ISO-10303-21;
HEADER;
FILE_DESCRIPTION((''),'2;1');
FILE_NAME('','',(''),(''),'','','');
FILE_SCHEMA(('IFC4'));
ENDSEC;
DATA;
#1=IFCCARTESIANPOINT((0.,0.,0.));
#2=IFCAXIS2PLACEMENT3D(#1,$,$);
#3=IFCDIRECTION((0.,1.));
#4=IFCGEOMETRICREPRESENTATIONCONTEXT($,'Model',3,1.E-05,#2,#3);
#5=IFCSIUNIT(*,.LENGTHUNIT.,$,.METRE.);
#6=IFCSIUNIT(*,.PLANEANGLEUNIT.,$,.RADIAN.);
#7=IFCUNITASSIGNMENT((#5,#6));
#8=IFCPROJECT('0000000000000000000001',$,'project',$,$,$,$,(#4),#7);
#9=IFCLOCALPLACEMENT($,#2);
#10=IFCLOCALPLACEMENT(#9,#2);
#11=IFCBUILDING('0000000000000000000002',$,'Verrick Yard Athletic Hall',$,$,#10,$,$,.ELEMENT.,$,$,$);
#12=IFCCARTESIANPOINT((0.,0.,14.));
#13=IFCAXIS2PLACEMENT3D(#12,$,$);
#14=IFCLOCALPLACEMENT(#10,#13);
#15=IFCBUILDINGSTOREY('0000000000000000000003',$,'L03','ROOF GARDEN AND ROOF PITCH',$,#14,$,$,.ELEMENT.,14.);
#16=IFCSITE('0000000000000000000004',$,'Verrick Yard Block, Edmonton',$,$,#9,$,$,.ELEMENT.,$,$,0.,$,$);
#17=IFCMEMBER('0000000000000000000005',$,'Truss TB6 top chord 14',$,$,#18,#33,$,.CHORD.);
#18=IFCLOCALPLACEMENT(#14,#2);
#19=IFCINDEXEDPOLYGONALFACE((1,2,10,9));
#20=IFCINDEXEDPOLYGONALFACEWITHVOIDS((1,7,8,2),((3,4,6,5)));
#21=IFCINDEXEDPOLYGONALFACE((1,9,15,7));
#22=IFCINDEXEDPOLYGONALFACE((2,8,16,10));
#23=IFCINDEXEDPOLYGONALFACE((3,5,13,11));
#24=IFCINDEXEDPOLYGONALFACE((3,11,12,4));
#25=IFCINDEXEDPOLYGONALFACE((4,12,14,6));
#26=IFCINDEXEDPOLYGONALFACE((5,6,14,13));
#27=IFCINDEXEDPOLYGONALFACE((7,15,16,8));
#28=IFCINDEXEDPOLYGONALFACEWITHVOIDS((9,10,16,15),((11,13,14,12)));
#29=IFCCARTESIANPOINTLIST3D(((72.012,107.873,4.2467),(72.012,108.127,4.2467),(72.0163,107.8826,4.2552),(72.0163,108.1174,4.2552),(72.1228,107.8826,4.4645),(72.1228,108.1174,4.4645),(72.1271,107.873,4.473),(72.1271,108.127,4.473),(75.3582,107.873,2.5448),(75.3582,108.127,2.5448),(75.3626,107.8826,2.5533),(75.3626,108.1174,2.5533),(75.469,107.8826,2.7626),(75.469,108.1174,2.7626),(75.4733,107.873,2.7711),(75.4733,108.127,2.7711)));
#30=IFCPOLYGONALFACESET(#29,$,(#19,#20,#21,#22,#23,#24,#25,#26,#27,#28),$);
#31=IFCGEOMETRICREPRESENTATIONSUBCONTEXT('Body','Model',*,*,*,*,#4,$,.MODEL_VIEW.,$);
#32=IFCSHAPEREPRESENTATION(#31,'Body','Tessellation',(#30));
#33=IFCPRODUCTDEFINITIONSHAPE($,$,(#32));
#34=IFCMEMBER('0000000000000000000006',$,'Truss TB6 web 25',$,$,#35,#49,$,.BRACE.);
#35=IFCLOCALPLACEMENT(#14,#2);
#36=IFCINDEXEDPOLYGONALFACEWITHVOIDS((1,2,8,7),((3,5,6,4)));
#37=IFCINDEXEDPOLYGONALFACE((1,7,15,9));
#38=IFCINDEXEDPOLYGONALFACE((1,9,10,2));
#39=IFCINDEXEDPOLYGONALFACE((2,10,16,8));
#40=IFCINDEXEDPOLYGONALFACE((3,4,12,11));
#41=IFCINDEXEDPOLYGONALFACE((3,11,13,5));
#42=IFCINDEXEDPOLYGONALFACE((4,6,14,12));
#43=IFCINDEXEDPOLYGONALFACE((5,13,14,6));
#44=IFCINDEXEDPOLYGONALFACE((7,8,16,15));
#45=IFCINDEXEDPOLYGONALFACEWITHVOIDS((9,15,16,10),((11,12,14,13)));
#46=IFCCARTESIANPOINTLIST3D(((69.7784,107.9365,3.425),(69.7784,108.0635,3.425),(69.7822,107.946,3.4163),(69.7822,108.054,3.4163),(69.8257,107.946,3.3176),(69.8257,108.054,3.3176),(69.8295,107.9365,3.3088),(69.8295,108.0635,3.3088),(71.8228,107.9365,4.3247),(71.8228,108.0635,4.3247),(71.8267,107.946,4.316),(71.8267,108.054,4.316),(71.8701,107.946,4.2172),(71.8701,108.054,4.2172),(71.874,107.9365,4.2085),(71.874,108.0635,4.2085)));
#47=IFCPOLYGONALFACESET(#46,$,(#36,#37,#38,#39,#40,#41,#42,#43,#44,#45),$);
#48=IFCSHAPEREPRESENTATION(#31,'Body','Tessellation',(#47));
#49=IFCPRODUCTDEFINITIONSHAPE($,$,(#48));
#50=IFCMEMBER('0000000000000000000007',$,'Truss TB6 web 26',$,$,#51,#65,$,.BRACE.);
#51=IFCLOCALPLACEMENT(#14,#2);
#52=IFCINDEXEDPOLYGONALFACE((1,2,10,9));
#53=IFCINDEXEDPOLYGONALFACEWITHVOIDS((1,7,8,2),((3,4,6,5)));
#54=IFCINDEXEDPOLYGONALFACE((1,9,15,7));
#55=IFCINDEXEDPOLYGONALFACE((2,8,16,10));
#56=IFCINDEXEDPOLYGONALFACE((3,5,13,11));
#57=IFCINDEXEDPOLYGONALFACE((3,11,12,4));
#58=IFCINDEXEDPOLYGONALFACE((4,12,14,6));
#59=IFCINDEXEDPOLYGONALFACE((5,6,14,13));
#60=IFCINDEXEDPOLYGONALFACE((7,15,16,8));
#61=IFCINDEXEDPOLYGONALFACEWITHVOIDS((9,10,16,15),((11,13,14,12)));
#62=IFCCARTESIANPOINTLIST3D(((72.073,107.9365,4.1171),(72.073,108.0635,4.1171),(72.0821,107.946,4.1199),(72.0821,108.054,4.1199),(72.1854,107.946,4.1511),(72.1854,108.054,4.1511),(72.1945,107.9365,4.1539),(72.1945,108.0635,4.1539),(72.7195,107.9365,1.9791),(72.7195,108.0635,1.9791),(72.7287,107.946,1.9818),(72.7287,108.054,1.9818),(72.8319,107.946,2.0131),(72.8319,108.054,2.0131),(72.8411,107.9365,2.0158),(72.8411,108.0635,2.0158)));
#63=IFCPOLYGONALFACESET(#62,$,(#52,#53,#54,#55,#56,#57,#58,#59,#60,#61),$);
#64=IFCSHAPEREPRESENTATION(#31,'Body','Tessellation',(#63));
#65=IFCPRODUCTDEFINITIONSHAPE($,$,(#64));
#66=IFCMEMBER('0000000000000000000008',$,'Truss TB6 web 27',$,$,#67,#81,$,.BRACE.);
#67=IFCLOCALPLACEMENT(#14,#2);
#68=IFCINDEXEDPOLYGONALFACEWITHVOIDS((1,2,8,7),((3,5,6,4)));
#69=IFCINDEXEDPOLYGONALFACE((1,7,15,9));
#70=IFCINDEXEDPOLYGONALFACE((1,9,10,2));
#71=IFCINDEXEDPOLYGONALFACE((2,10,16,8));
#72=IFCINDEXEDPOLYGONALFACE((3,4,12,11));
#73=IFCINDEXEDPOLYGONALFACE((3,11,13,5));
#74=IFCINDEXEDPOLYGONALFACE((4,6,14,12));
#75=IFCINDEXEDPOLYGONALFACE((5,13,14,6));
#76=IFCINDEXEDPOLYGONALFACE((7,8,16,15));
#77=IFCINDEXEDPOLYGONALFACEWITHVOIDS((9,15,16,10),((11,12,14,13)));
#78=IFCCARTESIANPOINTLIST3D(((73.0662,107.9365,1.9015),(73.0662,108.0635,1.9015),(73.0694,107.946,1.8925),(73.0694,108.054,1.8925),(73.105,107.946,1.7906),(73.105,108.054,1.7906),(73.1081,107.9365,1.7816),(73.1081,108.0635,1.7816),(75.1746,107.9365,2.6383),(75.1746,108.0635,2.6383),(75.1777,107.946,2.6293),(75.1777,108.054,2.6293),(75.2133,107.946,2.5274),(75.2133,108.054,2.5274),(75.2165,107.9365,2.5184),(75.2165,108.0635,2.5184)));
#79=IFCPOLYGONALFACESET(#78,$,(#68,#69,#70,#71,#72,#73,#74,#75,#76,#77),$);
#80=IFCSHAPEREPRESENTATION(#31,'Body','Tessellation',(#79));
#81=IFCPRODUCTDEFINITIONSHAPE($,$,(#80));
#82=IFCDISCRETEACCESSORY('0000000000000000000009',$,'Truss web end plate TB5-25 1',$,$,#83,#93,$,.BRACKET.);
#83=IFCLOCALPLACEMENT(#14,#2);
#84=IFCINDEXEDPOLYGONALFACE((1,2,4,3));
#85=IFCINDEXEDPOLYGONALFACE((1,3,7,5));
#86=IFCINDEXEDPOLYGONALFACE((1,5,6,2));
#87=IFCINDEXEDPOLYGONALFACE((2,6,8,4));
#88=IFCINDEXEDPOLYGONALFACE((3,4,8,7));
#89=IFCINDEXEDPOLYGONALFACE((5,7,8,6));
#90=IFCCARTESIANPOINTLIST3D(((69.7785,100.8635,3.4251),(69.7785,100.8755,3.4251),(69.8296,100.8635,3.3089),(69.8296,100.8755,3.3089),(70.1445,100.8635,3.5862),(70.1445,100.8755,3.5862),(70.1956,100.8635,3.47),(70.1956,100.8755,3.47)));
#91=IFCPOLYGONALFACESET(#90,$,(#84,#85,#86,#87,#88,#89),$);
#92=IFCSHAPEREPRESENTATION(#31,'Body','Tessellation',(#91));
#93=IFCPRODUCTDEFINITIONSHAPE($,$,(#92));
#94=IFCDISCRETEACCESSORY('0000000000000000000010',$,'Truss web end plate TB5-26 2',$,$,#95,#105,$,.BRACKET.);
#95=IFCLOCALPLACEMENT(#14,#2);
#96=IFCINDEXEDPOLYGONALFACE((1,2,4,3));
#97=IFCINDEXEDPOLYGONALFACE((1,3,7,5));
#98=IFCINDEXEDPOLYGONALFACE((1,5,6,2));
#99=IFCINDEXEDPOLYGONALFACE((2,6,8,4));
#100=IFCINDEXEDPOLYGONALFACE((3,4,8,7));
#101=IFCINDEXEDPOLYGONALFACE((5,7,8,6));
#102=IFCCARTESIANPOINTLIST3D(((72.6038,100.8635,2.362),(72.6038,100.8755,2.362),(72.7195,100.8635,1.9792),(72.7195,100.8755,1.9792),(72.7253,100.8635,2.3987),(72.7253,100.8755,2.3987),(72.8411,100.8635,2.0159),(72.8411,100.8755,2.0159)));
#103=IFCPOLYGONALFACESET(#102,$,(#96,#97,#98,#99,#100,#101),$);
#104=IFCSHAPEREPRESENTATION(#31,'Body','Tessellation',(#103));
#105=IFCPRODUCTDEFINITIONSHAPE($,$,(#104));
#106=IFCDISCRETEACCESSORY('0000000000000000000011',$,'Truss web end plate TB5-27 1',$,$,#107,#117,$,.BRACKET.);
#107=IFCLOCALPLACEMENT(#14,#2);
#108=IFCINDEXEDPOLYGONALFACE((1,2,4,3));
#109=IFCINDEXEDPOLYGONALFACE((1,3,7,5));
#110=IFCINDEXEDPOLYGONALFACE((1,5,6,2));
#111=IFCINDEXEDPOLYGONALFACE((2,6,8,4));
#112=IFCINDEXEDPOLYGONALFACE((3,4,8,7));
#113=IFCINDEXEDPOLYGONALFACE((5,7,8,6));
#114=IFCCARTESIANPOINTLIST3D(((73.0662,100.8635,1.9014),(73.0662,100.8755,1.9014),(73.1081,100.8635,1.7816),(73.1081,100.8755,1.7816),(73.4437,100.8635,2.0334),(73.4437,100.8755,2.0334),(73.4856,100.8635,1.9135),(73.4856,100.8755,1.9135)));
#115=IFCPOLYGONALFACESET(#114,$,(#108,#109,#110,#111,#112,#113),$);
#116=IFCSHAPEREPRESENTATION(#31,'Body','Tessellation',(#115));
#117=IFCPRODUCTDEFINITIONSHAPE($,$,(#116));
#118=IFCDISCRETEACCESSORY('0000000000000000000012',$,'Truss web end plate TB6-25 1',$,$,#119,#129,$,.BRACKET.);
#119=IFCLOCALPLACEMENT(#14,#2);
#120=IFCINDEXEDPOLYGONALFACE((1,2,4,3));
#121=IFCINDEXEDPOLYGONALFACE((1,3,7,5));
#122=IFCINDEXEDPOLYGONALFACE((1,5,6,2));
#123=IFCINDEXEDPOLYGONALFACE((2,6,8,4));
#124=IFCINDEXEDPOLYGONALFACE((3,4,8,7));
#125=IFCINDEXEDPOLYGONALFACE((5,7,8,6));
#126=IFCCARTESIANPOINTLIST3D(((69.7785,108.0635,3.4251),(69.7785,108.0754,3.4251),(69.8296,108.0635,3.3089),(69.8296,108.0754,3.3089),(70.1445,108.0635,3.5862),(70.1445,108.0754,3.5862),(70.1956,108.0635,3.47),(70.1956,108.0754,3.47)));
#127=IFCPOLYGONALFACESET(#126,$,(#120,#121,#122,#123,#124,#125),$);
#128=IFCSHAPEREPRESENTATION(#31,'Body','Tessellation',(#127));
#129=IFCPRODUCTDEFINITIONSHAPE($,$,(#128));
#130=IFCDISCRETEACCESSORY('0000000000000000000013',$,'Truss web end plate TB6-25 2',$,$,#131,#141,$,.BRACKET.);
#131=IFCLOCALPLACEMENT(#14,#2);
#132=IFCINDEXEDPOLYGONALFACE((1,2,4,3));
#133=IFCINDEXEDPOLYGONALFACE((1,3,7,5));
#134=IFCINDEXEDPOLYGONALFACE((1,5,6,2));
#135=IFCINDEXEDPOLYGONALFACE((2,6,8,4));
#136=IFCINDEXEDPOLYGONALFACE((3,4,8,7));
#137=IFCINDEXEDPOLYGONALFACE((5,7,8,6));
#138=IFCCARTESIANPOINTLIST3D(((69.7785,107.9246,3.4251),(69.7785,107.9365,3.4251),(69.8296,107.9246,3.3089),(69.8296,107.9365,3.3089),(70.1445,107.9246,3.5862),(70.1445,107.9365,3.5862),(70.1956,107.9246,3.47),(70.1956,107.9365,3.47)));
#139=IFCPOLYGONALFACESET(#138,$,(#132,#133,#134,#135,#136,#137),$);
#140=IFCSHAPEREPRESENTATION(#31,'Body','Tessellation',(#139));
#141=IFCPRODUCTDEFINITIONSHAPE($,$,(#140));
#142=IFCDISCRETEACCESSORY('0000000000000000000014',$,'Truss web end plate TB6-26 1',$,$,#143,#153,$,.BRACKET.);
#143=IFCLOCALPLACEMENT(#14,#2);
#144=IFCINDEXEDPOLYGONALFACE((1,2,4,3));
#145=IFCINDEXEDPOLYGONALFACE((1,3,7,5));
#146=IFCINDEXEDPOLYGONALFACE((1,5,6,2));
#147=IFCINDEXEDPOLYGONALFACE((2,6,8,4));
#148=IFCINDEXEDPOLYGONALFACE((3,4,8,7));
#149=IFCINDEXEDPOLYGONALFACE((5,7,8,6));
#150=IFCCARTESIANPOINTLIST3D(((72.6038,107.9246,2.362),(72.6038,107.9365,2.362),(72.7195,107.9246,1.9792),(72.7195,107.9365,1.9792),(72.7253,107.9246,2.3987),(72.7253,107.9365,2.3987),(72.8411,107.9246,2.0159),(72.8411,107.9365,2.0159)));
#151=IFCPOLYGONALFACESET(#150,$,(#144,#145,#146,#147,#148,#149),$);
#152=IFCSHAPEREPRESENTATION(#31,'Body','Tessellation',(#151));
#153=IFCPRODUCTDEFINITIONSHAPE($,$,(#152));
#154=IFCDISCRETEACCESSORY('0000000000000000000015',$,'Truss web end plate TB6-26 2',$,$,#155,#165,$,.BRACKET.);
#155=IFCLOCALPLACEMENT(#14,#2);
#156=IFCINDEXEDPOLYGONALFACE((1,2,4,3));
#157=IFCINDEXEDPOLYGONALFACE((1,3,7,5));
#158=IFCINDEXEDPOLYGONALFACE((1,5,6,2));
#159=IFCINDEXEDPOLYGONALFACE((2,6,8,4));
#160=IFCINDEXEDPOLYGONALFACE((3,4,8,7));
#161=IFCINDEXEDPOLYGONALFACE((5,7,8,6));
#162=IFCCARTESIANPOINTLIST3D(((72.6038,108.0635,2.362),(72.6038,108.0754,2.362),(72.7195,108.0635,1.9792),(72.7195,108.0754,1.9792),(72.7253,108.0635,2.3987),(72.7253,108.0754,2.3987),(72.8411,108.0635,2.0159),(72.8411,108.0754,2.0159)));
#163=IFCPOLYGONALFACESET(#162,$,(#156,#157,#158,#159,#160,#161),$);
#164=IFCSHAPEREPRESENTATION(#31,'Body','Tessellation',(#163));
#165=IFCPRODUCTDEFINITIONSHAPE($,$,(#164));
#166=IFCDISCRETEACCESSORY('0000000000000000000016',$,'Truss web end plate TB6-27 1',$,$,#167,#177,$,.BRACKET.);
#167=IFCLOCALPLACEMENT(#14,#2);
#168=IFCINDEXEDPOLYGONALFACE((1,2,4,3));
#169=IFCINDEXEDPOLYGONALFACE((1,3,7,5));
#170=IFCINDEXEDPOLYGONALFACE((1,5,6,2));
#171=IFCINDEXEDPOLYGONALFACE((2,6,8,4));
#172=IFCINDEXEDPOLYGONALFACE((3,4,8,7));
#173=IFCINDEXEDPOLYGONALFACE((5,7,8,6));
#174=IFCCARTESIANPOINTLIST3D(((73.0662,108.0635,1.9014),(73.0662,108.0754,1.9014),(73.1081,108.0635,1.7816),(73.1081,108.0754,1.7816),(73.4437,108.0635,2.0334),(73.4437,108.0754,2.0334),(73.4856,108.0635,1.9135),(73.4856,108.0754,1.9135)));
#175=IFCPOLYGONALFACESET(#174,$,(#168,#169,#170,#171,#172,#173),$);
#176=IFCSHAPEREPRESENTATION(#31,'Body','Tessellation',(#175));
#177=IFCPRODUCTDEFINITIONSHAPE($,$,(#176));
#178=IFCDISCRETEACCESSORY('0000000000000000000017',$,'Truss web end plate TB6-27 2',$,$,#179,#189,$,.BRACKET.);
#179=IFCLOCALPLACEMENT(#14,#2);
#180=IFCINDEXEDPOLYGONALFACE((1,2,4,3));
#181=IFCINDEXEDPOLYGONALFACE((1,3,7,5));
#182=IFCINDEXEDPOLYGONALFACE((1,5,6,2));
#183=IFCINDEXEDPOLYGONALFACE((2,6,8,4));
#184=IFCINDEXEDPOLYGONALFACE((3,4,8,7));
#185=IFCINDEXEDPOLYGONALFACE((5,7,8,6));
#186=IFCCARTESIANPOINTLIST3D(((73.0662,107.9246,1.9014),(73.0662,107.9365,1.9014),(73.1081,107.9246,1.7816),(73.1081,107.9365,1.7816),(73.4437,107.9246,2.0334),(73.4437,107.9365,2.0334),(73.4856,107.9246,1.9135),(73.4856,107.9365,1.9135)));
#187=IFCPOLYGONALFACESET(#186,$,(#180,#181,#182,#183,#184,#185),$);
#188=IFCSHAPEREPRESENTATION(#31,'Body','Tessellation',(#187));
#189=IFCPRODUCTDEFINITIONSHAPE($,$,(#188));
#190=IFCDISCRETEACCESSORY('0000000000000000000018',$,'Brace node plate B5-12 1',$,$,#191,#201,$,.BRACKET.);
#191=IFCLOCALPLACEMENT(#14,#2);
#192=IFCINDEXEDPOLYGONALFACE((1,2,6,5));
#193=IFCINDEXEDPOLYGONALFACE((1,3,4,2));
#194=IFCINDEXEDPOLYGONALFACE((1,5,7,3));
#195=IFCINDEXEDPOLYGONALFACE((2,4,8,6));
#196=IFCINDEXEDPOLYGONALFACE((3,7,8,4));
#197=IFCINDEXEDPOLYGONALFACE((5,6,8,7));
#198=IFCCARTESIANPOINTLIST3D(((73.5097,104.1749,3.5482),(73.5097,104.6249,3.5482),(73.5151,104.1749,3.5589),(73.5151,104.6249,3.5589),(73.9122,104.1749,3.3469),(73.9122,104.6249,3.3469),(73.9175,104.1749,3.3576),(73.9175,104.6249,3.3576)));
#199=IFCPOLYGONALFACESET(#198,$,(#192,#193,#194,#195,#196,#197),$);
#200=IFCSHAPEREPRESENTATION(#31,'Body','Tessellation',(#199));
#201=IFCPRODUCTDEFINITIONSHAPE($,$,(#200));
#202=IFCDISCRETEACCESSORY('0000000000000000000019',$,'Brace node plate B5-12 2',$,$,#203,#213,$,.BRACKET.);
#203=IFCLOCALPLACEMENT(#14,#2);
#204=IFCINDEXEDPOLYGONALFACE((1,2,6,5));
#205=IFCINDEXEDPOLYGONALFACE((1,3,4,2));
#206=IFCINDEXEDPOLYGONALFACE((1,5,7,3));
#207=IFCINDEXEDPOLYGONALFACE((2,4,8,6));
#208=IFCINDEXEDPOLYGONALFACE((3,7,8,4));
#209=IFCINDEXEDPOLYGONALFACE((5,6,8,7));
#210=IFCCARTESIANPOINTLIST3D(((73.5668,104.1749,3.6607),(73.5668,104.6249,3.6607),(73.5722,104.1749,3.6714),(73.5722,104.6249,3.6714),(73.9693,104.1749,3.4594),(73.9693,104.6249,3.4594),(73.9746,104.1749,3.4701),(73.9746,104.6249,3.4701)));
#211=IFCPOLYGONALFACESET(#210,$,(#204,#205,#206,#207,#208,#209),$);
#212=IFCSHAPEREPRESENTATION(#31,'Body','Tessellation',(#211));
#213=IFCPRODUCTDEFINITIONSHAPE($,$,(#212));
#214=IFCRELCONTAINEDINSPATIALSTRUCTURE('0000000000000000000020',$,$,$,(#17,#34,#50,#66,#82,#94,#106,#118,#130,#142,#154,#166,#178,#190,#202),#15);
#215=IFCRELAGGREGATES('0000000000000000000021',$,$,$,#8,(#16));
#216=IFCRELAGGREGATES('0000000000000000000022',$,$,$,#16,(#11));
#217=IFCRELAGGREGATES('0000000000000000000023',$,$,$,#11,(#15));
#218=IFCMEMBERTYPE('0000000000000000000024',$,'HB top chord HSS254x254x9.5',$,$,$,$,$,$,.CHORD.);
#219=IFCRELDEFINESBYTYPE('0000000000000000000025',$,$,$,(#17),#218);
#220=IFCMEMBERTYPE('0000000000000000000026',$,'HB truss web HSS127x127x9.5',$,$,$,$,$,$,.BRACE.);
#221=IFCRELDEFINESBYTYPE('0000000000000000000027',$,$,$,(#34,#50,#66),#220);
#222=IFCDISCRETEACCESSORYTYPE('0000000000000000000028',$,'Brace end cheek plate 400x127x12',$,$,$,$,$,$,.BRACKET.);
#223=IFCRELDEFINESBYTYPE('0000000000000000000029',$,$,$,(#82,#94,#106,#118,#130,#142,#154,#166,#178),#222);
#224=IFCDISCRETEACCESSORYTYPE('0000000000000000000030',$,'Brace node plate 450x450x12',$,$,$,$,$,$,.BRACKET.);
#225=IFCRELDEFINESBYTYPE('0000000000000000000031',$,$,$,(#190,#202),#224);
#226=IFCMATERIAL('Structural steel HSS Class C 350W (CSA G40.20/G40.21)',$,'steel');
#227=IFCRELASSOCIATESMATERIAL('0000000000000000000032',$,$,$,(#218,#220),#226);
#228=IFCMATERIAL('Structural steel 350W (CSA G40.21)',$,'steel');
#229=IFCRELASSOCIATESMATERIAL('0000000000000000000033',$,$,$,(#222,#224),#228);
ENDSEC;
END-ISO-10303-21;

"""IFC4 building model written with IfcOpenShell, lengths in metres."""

from ifc_helpers import new_model, si_unit, direction, frame, origin, origin_2d, place, context, subcontext, project, spatial, rectangle, hollow_rectangle, extrude, material, material_profile, profile_set, type_object, element, save


model = new_model("IFC4")

# Units and contexts
model_context = context("Model", 3, precision=1e-05, world=origin(), true_north=direction((0.0, 1.0)))
body_context = subcontext(model_context, "Body", "Model", "MODEL_VIEW")
ifc_project = project(units=[si_unit("LENGTHUNIT", "METRE"), si_unit("PLANEANGLEUNIT", "RADIAN")], contexts=[model_context])

# Site, building, storey
site_placement = place(None, origin())
site = spatial("IfcSite", under=ifc_project, at=site_placement, Name="Verrick Yard Block, Edmonton", CompositionType="ELEMENT", RefElevation=0.0)
building_placement = place(site_placement, origin())
building = spatial("IfcBuilding", under=site, at=building_placement, Name="Verrick Yard Athletic Hall", CompositionType="ELEMENT")
storey_placement = place(building_placement, frame((0.0, 0.0, 14.0)))
storey = spatial("IfcBuildingStorey", under=building, at=storey_placement, Name="L03", Description="ROOF GARDEN AND ROOF PITCH", CompositionType="ELEMENT", Elevation=14.0)

# Members
ifc_material_1 = material(Name="Structural steel HSS Class C 350W (CSA G40.20/G40.21)", Category="steel")
ifc_material_profile_1 = material_profile(ifc_material_1, hollow_rectangle(XDim=0.2539, YDim=0.2539, WallThickness=0.0095, at=origin_2d()), Name="HSS254x254x9.5")
ifc_profile_set_1 = profile_set([ifc_material_profile_1], Name="Structural steel HSS Class C 350W (CSA G40.20/G40.21)")
member_type_1 = type_object("IfcMemberType", Name="HB top chord HSS254x254x9.5", PredefinedType="CHORD", material=ifc_profile_set_1)
member_1_placement = place(storey_placement, frame((72.0696, 108.0, 4.3599), z_axis=(0.891337, 0.0, -0.453342), x_axis=(0.0, 1.0, 0.0)))
element("IfcMember", 1, at=member_1_placement, inside=storey, type_object=member_type_1, Name="Truss TB6 top chord 14", PredefinedType="CHORD", context=body_context, shape_type="SweptSolid", body=[
    extrude(hollow_rectangle(XDim=0.2539, YDim=0.2539, WallThickness=0.0095, at=origin_2d()), origin(), (0.0, 0.0, 1.0), 3.7542),
])
ifc_material_profile_2 = material_profile(ifc_material_1, hollow_rectangle(XDim=0.127, YDim=0.127, WallThickness=0.0095, at=origin_2d()), Name="HSS127x127x9.5")
ifc_profile_set_2 = profile_set([ifc_material_profile_2], Name="Structural steel HSS Class C 350W (CSA G40.20/G40.21)")
member_type_2 = type_object("IfcMemberType", Name="HB truss web HSS127x127x9.5", PredefinedType="BRACE", material=ifc_profile_set_2)
for number, where, z_axis, x_axis, name in (
    (2, (69.804, 108.0, 3.3669), (0.915297, 0.0, 0.402779), (0.0, 1.0, 0.0), "Truss TB6 web 25"),
    (3, (72.1338, 108.0, 4.1355), (0.289443, 0.0, -0.957195), (0.0, 1.0, 0.0), "Truss TB6 web 26"),
):
    element("IfcMember", number, at=place(storey_placement, frame(where, z_axis=z_axis, x_axis=x_axis)), inside=storey, type_object=member_type_2, Name=name, PredefinedType="BRACE", context=body_context, shape_type="SweptSolid", body=[
        extrude(hollow_rectangle(XDim=0.127, YDim=0.127, WallThickness=0.0095, at=origin_2d()), origin(), (0.0, 0.0, 1.0), 2.2336),
    ])
member_2_placement = place(storey_placement, frame((73.0872, 108.0, 1.8416), z_axis=(0.944015, 0.0, 0.329902), x_axis=(0.0, 1.0, 0.0)))
element("IfcMember", 4, at=member_2_placement, inside=storey, type_object=member_type_2, Name="Truss TB6 web 27", PredefinedType="BRACE", context=body_context, shape_type="SweptSolid", body=[
    extrude(hollow_rectangle(XDim=0.127, YDim=0.127, WallThickness=0.0095, at=origin_2d()), origin(), (0.0, 0.0, 1.0), 2.2334),
])

# Discrete accessories
ifc_material_2 = material(Name="Structural steel 350W (CSA G40.21)", Category="steel")
ifc_material_profile_3 = material_profile(ifc_material_2, rectangle(XDim=0.3999, YDim=0.127, at=origin_2d()), Name="Brace end cheek plate")
ifc_profile_set_3 = profile_set([ifc_material_profile_3], Name="Structural steel 350W (CSA G40.21)")
discrete_accessory_type_1 = type_object("IfcDiscreteAccessoryType", Name="Brace end cheek plate 400x127x12", PredefinedType="BRACKET", material=ifc_profile_set_3)
for number, where, z_axis, x_axis, name in (
    (5, (69.9871, 100.8635, 3.4475), (0.0, 1.0, 0.0), (0.915285, 0.0, 0.402806), "Truss web end plate TB5-25 1"),
    (6, (72.7224, 100.8635, 2.189), (0.0, 1.0, 0.0), (-0.289473, 0.0, 0.957186), "Truss web end plate TB5-26 2"),
    (7, (73.2759, 100.8635, 1.9075), (0.0, 1.0, 0.0), (0.944026, 0.0, 0.329872), "Truss web end plate TB5-27 1"),
    (8, (69.9871, 108.0635, 3.4475), (0.0, 1.0, 0.0), (0.915285, 0.0, 0.402806), "Truss web end plate TB6-25 1"),
    (9, (69.9871, 107.9365, 3.4475), (0.0, -1.0, 0.0), (0.915285, 0.0, 0.402806), "Truss web end plate TB6-25 2"),
    (10, (72.7224, 107.9365, 2.189), (0.0, -1.0, 0.0), (-0.289473, 0.0, 0.957186), "Truss web end plate TB6-26 1"),
    (11, (72.7224, 108.0635, 2.189), (0.0, 1.0, 0.0), (-0.289473, 0.0, 0.957186), "Truss web end plate TB6-26 2"),
    (12, (73.2759, 108.0635, 1.9075), (0.0, 1.0, 0.0), (0.944026, 0.0, 0.329872), "Truss web end plate TB6-27 1"),
    (13, (73.2759, 107.9365, 1.9075), (0.0, -1.0, 0.0), (0.944026, 0.0, 0.329872), "Truss web end plate TB6-27 2"),
):
    element("IfcDiscreteAccessory", number, at=place(storey_placement, frame(where, z_axis=z_axis, x_axis=x_axis)), inside=storey, type_object=discrete_accessory_type_1, Name=name, PredefinedType="BRACKET", context=body_context, shape_type="SweptSolid", body=[
        extrude(rectangle(XDim=0.3999, YDim=0.127, at=origin_2d()), origin(), (0.0, 0.0, 1.0), 0.012),
    ])
ifc_material_profile_4 = material_profile(ifc_material_2, rectangle(XDim=0.45, YDim=0.45, at=origin_2d()), Name="Brace node plate")
ifc_profile_set_4 = profile_set([ifc_material_profile_4], Name="Structural steel 350W (CSA G40.21)")
discrete_accessory_type_2 = type_object("IfcDiscreteAccessoryType", Name="Brace node plate 450x450x12", PredefinedType="BRACKET", material=ifc_profile_set_4)
for number, where, z_axis, x_axis, name in (
    (14, (73.7163, 104.3999, 3.4583), (-0.447214, 0.0, -0.894427), (0.0, -1.0, 0.0), "Brace node plate B5-12 1"),
    (15, (73.7681, 104.3999, 3.5601), (0.447214, 0.0, 0.894427), (0.0, 1.0, 0.0), "Brace node plate B5-12 2"),
):
    element("IfcDiscreteAccessory", number, at=place(storey_placement, frame(where, z_axis=z_axis, x_axis=x_axis)), inside=storey, type_object=discrete_accessory_type_2, Name=name, PredefinedType="BRACKET", context=body_context, shape_type="SweptSolid", body=[
        extrude(rectangle(XDim=0.45, YDim=0.45, at=origin_2d()), origin(), (0.0, 0.0, 1.0), 0.012),
    ])

save(model, "model.ifc")
